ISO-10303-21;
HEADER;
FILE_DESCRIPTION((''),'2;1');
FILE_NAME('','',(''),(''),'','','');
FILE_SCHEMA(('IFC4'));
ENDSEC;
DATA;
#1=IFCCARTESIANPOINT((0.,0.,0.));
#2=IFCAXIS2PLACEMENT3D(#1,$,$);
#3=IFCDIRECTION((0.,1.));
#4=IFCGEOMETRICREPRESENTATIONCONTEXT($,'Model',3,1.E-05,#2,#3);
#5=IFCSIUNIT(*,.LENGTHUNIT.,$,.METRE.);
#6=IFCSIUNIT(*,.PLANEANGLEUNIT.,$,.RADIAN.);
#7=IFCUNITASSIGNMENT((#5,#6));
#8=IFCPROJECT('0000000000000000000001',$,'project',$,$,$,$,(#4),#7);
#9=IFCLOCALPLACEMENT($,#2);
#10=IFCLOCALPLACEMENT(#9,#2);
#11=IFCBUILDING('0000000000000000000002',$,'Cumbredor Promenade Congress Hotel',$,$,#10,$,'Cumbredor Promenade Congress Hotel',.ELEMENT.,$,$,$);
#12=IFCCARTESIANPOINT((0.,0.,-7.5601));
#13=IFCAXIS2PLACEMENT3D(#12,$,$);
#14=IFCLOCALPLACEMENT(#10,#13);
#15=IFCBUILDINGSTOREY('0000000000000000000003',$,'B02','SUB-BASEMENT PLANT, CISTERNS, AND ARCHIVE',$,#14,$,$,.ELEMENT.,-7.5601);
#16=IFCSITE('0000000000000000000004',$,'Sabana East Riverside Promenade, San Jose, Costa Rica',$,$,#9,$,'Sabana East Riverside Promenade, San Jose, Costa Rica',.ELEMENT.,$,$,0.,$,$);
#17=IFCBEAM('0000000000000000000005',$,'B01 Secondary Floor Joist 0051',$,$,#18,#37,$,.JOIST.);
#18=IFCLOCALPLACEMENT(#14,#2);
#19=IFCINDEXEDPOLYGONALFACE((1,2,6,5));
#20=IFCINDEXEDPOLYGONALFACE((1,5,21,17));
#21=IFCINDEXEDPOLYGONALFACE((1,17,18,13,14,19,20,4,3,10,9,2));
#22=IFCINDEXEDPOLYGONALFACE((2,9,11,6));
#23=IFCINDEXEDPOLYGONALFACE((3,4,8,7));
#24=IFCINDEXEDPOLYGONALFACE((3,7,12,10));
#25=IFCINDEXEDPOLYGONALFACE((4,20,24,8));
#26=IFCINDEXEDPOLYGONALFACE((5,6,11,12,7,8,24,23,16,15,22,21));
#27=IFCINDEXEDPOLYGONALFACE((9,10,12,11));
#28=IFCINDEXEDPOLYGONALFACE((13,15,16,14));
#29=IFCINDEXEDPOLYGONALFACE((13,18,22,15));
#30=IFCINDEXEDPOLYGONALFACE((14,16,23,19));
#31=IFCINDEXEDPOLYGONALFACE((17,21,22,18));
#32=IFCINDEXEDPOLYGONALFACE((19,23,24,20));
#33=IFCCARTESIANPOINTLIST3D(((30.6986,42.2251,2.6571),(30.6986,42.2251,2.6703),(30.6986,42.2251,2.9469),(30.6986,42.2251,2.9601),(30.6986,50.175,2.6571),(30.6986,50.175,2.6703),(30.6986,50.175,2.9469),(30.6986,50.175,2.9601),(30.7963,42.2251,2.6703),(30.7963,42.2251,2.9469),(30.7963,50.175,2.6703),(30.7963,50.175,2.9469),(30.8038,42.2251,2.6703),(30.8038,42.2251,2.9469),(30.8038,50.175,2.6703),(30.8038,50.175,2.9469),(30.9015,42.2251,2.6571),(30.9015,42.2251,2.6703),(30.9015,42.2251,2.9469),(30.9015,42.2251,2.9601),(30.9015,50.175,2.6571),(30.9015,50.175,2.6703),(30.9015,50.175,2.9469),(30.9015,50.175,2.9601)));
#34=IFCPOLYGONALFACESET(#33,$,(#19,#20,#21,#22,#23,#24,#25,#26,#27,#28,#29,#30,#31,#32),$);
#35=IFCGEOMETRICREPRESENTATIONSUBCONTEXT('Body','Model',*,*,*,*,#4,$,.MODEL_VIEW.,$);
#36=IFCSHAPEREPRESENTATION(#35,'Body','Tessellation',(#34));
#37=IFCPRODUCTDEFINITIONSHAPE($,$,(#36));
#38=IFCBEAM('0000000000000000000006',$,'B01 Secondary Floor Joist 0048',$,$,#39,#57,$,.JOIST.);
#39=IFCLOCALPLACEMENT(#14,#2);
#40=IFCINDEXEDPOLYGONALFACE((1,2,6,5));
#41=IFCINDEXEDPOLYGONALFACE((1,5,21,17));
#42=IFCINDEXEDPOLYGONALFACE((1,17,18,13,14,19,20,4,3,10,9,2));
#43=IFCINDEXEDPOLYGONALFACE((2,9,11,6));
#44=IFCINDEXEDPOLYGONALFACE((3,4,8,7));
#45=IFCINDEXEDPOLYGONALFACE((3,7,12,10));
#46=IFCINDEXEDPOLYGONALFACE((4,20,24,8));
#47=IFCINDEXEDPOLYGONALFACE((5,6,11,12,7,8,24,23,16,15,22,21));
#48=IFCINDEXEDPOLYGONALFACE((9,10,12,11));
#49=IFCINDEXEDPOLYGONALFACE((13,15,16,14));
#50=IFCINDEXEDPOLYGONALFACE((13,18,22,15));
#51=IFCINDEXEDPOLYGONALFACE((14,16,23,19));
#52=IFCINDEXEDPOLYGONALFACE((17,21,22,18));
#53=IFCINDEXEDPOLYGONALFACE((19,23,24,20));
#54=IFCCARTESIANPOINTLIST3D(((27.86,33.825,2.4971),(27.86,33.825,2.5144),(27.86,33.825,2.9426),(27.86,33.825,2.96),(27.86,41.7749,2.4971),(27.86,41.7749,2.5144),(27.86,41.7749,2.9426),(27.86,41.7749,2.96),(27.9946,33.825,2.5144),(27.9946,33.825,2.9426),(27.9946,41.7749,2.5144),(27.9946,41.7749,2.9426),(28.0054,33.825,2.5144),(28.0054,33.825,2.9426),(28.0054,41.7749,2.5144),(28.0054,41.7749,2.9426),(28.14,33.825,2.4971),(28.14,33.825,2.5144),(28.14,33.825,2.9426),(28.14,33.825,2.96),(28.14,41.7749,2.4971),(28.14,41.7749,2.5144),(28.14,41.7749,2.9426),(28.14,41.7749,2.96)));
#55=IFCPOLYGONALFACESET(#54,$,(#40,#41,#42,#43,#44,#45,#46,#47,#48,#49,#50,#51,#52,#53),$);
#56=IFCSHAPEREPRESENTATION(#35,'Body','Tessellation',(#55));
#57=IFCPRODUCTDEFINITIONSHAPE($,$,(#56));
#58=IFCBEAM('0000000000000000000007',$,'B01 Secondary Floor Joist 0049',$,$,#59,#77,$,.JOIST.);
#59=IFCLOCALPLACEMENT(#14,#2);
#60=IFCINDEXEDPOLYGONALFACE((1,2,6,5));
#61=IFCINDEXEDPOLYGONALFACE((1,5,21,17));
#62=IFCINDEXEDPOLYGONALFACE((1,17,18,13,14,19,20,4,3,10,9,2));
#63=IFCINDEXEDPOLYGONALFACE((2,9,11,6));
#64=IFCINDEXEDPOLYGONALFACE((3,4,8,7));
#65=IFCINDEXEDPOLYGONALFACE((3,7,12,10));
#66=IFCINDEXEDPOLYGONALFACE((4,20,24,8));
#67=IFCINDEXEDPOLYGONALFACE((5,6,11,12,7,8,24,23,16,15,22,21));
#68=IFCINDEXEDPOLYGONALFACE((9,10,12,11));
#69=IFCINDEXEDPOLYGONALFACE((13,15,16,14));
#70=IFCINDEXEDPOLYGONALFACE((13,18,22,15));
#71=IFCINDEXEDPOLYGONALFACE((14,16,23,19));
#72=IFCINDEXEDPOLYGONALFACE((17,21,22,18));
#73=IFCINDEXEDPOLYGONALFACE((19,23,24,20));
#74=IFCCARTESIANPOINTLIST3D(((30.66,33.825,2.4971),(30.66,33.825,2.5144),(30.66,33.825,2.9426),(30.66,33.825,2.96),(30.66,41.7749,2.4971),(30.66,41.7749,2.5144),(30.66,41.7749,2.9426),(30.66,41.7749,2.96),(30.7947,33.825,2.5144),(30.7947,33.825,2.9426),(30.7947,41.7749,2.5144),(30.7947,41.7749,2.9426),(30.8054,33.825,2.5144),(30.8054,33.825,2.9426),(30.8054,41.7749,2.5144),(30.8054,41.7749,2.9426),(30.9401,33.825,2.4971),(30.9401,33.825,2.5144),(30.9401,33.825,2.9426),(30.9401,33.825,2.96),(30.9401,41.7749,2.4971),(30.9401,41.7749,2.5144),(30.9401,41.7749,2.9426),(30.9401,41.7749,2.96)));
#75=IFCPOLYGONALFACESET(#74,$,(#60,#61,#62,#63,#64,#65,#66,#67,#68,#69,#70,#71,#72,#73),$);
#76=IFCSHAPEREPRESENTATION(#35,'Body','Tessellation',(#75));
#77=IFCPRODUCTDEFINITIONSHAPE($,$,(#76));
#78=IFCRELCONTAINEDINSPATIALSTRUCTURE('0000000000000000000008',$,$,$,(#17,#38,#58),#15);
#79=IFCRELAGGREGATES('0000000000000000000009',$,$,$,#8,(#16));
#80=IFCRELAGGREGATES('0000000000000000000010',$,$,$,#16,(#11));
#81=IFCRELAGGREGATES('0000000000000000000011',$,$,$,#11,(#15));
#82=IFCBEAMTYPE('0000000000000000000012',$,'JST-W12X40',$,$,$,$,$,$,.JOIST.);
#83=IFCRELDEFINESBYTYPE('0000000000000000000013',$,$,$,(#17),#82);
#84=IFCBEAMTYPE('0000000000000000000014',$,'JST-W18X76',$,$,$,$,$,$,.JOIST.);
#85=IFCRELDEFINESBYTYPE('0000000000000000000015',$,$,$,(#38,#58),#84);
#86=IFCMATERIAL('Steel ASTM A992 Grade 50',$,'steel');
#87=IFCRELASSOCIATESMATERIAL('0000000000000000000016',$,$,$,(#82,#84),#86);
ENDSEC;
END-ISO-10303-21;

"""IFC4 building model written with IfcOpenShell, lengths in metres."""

from ifc_helpers import new_model, si_unit, direction, frame, origin, origin_2d, place, context, subcontext, project, spatial, i_section, extrude, material, material_profile, profile_set, type_object, element, save


model = new_model("IFC4")

# Units and contexts
model_context = context("Model", 3, precision=1e-05, world=origin(), true_north=direction((0.0, 1.0)))
body_context = subcontext(model_context, "Body", "Model", "MODEL_VIEW")
ifc_project = project(units=[si_unit("LENGTHUNIT", "METRE"), si_unit("PLANEANGLEUNIT", "RADIAN")], contexts=[model_context])

# Site, building, storey
site_placement = place(None, origin())
site = spatial("IfcSite", under=ifc_project, at=site_placement, Name="Sabana East Riverside Promenade, San Jose, Costa Rica", LongName="Sabana East Riverside Promenade, San Jose, Costa Rica", CompositionType="ELEMENT", RefElevation=0.0)
building_placement = place(site_placement, origin())
building = spatial("IfcBuilding", under=site, at=building_placement, Name="Cumbredor Promenade Congress Hotel", LongName="Cumbredor Promenade Congress Hotel", CompositionType="ELEMENT")
storey_placement = place(building_placement, frame((0.0, 0.0, -7.5601)))
storey = spatial("IfcBuildingStorey", under=building, at=storey_placement, Name="B02", Description="SUB-BASEMENT PLANT, CISTERNS, AND ARCHIVE", CompositionType="ELEMENT", Elevation=-7.5601)

# Beams
ifc_material_1 = material(Name="Steel ASTM A992 Grade 50", Category="steel")
ifc_material_profile_1 = material_profile(ifc_material_1, i_section(OverallWidth=0.2029, OverallDepth=0.303, WebThickness=0.0076, FlangeThickness=0.0132, at=origin_2d()), Name="W12X40")
ifc_profile_set_1 = profile_set([ifc_material_profile_1], Name="Steel ASTM A992 Grade 50")
beam_type_1 = type_object("IfcBeamType", Name="JST-W12X40", PredefinedType="JOIST", material=ifc_profile_set_1)
for number, where, z_axis, x_axis, name in (
    (1, (30.8, 42.2251, 2.8086), (0.0, 1.0, 0.0), (-1.0, 0.0, 0.0), "B01 Secondary Floor Joist 0051"),
):
    element("IfcBeam", number, at=place(storey_placement, frame(where, z_axis=z_axis, x_axis=x_axis)), inside=storey, type_object=beam_type_1, Name=name, PredefinedType="JOIST", context=body_context, shape_type="SweptSolid", body=[
        extrude(i_section(OverallWidth=0.2029, OverallDepth=0.303, WebThickness=0.0076, FlangeThickness=0.0132, at=origin_2d()), origin(), (0.0, 0.0, 1.0), 7.95),
    ])
ifc_material_profile_2 = material_profile(ifc_material_1, i_section(OverallWidth=0.28, OverallDepth=0.4629, WebThickness=0.0107, FlangeThickness=0.0173, at=origin_2d()), Name="W18X76")
ifc_profile_set_2 = profile_set([ifc_material_profile_2], Name="Steel ASTM A992 Grade 50")
beam_type_2 = type_object("IfcBeamType", Name="JST-W18X76", PredefinedType="JOIST", material=ifc_profile_set_2)
for number, where, z_axis, x_axis, name in (
    (2, (28.0, 33.825, 2.7285), (0.0, 1.0, 0.0), (-1.0, 0.0, 0.0), "B01 Secondary Floor Joist 0048"),
    (3, (30.8, 33.825, 2.7285), (0.0, 1.0, 0.0), (-1.0, 0.0, 0.0), "B01 Secondary Floor Joist 0049"),
):
    element("IfcBeam", number, at=place(storey_placement, frame(where, z_axis=z_axis, x_axis=x_axis)), inside=storey, type_object=beam_type_2, Name=name, PredefinedType="JOIST", context=body_context, shape_type="SweptSolid", body=[
        extrude(i_section(OverallWidth=0.28, OverallDepth=0.4629, WebThickness=0.0107, FlangeThickness=0.0173, at=origin_2d()), origin(), (0.0, 0.0, 1.0), 7.95),
    ])

save(model, "model.ifc")
